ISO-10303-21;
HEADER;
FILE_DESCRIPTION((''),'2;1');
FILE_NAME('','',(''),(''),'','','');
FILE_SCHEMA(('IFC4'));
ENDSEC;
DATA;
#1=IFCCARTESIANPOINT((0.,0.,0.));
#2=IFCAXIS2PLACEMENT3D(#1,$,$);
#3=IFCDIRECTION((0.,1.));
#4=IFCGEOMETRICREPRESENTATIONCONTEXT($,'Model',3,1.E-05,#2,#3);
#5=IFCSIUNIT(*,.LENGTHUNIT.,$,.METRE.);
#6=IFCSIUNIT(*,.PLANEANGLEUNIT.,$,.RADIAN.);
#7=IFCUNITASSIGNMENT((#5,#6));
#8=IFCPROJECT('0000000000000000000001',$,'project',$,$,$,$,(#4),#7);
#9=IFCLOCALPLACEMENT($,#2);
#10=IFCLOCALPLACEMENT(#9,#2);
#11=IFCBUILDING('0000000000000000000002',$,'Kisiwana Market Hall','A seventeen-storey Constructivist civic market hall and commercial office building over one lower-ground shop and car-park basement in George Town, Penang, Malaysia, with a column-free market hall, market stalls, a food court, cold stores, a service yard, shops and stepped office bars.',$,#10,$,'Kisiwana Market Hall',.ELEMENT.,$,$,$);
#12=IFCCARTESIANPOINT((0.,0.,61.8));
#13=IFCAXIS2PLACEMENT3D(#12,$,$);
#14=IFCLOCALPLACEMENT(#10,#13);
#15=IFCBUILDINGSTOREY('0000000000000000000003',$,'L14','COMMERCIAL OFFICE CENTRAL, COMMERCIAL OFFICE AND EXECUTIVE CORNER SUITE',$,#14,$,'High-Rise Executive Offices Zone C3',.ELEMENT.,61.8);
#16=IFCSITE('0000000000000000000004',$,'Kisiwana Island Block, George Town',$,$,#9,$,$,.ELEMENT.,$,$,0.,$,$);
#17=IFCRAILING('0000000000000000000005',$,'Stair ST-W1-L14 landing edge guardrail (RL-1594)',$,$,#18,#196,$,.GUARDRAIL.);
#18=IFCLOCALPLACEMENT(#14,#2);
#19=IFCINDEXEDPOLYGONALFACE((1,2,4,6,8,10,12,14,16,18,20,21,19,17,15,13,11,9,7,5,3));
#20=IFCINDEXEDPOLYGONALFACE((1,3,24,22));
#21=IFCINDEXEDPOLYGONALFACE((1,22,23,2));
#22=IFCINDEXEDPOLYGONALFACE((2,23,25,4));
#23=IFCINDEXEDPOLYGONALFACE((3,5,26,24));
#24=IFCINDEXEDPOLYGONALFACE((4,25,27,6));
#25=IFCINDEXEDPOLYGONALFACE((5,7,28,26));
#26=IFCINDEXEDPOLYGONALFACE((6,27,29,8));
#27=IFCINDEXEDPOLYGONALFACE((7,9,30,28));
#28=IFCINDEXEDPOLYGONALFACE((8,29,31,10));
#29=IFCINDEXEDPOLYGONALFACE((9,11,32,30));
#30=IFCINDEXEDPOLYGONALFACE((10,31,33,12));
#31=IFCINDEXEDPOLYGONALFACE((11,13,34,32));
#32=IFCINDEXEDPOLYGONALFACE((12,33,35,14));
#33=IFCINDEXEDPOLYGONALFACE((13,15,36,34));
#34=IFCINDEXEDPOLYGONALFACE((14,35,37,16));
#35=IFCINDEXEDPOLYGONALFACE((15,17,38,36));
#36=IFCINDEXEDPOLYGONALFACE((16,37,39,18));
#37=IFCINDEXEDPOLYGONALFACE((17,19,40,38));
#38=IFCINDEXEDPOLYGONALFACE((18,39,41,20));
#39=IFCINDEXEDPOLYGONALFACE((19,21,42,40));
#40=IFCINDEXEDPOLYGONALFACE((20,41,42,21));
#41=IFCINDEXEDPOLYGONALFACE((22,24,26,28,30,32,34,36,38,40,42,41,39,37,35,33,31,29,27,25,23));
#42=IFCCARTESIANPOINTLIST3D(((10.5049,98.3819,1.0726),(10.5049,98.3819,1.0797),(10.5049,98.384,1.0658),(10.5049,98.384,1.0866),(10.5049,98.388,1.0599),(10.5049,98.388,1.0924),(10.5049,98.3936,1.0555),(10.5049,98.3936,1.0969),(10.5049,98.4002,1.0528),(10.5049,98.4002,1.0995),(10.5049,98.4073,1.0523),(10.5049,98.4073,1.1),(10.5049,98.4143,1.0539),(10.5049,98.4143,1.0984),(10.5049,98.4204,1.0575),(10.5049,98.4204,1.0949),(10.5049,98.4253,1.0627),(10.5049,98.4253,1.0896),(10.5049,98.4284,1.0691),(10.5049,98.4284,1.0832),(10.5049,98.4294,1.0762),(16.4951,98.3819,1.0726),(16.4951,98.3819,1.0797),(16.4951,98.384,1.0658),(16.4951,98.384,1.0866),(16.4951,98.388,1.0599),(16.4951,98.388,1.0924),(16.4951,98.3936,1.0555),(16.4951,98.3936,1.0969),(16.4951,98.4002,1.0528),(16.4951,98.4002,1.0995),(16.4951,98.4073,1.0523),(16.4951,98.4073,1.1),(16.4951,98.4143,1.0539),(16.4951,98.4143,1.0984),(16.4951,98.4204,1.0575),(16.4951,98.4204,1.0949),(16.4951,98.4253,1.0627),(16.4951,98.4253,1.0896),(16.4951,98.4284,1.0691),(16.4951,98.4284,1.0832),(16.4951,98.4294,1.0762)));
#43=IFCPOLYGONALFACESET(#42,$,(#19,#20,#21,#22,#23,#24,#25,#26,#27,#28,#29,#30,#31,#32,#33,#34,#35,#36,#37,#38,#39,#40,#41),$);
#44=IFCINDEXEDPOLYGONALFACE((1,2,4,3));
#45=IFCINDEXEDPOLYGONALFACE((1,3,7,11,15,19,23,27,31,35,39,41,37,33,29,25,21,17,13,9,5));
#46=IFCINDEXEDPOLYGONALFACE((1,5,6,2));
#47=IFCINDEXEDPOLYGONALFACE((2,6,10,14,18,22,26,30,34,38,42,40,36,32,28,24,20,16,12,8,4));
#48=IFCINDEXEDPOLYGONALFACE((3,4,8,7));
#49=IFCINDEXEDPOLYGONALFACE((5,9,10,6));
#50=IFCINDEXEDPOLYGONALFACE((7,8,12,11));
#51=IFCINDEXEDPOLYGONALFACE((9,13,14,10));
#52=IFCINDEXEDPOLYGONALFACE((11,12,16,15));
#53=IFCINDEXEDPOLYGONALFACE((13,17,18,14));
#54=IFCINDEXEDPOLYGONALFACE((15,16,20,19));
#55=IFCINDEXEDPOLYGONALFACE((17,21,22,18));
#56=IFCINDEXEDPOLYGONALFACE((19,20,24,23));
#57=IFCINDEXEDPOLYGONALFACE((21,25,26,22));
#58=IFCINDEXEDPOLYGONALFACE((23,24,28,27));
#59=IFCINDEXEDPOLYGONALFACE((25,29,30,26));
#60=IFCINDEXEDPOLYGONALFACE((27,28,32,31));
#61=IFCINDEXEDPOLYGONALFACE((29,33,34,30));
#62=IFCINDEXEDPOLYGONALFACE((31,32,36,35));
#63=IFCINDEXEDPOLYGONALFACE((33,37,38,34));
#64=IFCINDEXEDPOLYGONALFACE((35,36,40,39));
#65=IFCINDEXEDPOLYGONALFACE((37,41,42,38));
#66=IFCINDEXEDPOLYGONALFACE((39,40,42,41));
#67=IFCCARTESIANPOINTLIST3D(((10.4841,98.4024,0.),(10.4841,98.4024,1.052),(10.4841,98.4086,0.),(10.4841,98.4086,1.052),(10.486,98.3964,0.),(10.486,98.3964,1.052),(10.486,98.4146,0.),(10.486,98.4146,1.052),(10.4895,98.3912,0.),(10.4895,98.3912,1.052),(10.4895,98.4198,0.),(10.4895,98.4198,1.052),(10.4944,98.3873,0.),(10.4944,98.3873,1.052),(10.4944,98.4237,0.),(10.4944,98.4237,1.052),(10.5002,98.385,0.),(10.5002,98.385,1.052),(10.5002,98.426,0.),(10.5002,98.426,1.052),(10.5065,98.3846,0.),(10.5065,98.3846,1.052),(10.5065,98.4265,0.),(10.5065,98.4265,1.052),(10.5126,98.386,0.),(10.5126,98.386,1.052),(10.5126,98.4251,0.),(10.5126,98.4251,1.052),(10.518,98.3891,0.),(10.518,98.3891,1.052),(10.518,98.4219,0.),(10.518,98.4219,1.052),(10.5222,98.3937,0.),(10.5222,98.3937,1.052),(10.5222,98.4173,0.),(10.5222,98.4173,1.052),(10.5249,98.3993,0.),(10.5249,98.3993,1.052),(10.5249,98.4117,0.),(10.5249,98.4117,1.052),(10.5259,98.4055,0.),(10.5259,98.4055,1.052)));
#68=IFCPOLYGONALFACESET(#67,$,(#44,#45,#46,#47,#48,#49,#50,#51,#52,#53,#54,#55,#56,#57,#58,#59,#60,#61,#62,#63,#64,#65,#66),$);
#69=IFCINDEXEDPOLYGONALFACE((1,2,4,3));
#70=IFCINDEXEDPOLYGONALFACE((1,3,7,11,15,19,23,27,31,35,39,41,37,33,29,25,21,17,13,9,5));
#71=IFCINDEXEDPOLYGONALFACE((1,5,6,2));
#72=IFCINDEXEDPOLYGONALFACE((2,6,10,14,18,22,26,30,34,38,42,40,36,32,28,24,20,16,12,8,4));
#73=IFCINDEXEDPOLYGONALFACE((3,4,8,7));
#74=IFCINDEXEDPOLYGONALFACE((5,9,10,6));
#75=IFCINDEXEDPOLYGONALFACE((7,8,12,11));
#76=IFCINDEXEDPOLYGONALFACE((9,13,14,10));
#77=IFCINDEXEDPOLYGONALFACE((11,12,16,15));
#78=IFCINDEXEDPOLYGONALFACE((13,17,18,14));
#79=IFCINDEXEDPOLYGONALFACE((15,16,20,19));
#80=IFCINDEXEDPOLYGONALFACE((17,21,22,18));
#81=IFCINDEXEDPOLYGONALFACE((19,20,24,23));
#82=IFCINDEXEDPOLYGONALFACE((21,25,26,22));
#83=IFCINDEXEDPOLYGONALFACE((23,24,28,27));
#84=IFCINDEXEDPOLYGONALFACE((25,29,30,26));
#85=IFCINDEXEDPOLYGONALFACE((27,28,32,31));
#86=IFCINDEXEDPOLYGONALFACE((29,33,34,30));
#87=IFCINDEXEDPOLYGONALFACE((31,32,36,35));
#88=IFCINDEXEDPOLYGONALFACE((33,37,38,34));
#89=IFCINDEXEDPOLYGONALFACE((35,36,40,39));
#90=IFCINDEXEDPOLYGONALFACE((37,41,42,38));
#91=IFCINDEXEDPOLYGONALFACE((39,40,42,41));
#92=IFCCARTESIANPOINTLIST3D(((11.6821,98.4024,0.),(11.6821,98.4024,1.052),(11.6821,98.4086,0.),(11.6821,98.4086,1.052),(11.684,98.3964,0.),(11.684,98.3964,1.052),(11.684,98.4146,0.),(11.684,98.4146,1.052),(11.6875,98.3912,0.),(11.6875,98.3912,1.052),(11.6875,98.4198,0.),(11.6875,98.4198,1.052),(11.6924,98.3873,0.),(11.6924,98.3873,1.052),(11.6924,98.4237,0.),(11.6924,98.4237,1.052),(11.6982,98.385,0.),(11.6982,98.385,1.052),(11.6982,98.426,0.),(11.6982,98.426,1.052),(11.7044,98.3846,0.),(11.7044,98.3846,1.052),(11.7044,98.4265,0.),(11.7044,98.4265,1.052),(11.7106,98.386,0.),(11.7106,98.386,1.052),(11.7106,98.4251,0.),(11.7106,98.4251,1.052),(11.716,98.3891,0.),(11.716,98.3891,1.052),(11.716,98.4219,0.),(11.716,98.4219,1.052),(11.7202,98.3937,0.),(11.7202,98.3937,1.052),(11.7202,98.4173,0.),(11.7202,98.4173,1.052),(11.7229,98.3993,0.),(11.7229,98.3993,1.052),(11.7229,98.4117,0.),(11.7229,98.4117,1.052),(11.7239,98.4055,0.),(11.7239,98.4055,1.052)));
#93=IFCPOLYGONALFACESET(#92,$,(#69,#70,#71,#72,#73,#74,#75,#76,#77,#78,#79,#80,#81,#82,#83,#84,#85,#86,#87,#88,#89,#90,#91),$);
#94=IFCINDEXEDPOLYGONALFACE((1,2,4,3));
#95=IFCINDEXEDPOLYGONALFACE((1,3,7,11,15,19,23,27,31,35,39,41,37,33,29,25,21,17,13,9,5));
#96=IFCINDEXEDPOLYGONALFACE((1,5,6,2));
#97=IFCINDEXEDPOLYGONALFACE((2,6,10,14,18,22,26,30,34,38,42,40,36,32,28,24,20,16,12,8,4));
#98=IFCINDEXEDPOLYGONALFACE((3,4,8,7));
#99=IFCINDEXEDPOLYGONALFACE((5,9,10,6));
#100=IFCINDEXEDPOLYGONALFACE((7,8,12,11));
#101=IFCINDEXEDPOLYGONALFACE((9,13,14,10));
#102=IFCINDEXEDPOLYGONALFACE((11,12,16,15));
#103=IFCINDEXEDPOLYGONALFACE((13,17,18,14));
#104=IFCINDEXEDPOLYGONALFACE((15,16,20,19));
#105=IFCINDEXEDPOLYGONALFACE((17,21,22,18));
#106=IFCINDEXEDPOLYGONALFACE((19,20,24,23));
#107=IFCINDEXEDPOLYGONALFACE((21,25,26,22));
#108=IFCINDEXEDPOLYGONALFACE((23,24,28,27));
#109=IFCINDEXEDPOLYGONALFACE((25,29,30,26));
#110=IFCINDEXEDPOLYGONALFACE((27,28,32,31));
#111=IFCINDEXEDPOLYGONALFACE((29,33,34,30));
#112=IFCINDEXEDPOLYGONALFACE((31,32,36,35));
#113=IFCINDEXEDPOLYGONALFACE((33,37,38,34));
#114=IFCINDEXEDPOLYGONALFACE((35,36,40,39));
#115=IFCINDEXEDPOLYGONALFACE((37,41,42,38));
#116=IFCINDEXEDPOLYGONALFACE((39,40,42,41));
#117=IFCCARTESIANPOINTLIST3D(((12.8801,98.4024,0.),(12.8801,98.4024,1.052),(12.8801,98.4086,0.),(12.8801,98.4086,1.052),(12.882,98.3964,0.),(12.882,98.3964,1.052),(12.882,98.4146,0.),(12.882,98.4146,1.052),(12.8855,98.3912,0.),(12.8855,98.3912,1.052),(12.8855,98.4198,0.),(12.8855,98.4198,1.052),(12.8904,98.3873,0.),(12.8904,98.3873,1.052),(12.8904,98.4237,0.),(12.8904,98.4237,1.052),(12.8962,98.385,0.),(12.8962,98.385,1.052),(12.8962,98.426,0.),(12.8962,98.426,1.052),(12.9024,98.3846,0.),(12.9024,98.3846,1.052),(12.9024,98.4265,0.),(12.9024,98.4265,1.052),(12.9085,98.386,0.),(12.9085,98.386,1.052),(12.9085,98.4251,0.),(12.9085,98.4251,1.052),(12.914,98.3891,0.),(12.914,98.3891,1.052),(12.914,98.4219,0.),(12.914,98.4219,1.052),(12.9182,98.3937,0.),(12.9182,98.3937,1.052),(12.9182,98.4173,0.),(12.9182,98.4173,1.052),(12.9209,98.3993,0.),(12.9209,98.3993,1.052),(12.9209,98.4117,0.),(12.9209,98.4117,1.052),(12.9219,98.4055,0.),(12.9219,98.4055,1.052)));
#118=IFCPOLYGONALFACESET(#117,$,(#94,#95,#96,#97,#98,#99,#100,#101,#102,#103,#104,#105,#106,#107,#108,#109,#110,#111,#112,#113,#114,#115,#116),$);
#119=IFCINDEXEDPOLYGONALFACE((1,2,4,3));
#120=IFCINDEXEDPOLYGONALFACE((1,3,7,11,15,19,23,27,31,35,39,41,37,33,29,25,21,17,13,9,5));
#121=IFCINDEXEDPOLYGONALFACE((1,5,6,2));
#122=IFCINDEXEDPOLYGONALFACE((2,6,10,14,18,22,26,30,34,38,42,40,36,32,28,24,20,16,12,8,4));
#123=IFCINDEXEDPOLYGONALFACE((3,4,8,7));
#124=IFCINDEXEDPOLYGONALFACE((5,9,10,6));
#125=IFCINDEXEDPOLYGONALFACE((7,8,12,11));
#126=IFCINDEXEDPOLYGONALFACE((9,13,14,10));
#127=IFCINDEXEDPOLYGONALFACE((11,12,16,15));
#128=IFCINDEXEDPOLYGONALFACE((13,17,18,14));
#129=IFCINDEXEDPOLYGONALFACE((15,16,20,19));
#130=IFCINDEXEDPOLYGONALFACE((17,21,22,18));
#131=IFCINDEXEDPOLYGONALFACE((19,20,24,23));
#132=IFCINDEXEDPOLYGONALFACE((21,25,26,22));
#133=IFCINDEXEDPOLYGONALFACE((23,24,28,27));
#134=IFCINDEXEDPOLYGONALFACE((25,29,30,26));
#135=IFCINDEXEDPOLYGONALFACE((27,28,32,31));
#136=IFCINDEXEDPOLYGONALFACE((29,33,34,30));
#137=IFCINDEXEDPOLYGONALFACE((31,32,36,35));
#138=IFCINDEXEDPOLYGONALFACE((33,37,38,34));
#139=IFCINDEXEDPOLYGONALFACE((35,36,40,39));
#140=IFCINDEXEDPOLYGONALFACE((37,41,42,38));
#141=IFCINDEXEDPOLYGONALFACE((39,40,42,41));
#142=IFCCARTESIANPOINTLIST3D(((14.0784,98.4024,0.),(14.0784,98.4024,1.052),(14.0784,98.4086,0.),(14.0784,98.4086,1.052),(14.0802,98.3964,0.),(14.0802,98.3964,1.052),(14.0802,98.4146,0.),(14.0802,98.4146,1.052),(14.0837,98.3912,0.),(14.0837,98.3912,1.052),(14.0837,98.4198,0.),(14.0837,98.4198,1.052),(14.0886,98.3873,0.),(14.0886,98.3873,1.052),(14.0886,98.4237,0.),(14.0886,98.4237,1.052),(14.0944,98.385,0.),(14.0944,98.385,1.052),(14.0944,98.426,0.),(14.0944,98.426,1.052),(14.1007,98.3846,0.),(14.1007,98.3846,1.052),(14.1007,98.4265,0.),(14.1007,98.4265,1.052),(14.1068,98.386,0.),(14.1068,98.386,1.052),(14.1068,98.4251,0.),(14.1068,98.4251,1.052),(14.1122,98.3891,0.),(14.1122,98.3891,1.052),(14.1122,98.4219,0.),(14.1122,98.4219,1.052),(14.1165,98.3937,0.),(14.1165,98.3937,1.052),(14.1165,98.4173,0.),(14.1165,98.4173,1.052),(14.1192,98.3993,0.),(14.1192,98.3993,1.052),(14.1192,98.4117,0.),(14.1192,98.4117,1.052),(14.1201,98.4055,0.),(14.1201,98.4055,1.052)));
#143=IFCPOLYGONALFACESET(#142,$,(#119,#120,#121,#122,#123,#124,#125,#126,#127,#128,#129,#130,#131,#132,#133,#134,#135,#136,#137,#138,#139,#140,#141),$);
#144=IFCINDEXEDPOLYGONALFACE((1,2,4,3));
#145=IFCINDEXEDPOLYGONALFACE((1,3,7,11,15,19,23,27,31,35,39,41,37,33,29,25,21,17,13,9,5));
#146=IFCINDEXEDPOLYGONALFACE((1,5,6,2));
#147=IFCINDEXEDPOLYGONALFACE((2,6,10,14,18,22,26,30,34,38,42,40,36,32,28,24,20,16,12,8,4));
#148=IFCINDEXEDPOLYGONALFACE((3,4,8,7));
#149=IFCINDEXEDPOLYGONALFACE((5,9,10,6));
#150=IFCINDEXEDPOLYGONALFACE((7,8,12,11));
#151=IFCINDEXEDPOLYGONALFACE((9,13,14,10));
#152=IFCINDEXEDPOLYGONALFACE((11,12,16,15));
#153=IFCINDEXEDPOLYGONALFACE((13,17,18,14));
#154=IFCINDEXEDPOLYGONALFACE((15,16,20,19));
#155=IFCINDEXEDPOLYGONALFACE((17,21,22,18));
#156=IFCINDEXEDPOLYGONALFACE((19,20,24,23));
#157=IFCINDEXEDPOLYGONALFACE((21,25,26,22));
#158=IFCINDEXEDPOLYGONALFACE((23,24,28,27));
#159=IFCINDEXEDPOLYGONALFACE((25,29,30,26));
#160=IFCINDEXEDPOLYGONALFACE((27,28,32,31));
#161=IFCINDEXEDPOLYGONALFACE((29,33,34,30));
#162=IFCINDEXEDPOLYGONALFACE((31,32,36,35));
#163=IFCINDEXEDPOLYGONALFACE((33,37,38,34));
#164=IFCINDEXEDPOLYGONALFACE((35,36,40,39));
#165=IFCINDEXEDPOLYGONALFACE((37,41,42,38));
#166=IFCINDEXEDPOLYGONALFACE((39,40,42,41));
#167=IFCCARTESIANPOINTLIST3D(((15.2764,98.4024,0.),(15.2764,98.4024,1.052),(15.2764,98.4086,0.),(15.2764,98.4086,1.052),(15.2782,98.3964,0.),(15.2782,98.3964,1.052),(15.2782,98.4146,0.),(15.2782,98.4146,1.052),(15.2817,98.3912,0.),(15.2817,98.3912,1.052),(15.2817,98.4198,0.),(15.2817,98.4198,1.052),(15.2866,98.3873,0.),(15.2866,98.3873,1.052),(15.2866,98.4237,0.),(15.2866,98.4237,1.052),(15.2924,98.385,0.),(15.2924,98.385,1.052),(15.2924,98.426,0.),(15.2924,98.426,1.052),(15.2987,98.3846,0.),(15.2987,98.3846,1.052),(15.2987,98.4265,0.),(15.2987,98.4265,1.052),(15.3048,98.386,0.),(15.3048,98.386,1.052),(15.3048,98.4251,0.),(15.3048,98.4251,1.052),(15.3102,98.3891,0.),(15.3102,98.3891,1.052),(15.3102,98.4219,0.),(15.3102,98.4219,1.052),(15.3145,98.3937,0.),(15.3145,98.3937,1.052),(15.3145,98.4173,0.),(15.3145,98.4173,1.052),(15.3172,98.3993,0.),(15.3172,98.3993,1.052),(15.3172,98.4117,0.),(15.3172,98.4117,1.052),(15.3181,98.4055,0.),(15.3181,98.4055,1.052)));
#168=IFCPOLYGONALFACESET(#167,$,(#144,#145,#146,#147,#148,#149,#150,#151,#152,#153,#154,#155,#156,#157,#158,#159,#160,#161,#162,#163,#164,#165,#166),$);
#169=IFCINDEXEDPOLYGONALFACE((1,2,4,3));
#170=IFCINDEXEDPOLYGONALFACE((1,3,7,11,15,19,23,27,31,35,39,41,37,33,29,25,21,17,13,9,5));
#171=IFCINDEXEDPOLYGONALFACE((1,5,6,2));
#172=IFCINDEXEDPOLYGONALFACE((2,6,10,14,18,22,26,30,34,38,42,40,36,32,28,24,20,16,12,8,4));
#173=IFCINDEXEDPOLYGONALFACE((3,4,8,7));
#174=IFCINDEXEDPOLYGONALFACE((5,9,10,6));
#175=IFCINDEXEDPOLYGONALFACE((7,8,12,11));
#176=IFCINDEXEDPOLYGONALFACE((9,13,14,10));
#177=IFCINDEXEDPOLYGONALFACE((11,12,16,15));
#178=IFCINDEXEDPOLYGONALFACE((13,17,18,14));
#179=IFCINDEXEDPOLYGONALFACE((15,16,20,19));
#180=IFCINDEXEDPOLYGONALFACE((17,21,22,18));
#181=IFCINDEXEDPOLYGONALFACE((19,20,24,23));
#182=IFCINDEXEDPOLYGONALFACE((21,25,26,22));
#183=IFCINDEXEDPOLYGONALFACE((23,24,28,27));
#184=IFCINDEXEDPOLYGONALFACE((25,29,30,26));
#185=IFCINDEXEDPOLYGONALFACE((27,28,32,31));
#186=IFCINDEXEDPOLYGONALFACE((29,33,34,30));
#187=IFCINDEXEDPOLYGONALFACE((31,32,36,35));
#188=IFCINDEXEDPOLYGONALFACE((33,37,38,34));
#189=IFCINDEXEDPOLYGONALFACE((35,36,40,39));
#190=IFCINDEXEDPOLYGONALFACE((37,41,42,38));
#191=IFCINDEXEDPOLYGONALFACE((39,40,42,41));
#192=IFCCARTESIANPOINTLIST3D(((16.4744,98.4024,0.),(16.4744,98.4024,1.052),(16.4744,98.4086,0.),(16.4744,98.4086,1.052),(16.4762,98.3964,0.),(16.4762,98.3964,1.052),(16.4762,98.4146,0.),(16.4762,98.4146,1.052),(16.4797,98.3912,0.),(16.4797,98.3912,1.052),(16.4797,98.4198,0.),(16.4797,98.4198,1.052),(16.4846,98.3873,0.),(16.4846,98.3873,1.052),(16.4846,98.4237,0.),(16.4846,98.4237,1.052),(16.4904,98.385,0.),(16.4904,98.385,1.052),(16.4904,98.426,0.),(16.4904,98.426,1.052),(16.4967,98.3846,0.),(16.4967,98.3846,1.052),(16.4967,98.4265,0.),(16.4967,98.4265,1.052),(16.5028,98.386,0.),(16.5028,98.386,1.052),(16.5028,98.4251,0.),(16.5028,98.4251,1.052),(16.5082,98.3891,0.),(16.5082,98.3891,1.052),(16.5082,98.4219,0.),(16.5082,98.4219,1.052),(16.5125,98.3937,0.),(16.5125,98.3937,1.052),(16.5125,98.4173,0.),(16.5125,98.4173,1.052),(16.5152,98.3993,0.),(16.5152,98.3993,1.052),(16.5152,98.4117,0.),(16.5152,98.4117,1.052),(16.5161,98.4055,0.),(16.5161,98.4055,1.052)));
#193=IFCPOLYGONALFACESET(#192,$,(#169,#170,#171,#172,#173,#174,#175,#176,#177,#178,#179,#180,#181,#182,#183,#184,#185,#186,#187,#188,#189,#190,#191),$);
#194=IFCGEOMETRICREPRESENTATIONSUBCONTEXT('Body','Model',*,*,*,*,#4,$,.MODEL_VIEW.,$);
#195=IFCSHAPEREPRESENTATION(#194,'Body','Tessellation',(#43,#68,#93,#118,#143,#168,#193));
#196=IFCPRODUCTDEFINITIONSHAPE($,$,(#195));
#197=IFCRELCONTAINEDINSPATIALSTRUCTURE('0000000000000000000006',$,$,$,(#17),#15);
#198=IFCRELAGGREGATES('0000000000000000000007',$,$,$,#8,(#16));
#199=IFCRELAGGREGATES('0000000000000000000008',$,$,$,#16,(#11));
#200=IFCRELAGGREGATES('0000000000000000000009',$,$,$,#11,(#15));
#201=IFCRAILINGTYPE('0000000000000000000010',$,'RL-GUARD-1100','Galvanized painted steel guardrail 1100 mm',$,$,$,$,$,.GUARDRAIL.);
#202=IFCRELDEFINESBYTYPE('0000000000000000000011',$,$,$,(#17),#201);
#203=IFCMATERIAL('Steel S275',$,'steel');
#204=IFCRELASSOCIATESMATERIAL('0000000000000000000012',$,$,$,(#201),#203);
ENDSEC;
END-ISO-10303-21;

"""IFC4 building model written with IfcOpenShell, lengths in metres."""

from ifc_helpers import new_model, si_unit, direction, frame, origin, origin_2d, place, context, subcontext, project, spatial, circle, extrude, material, type_object, element, save


model = new_model("IFC4")

# Units and contexts
model_context = context("Model", 3, precision=1e-05, world=origin(), true_north=direction((0.0, 1.0)))
body_context = subcontext(model_context, "Body", "Model", "MODEL_VIEW")
ifc_project = project(units=[si_unit("LENGTHUNIT", "METRE"), si_unit("PLANEANGLEUNIT", "RADIAN")], contexts=[model_context])

# Site, building, storey
site_placement = place(None, origin())
site = spatial("IfcSite", under=ifc_project, at=site_placement, Name="Kisiwana Island Block, George Town", CompositionType="ELEMENT", RefElevation=0.0)
building_placement = place(site_placement, origin())
building = spatial("IfcBuilding", under=site, at=building_placement, Name="Kisiwana Market Hall", Description="A seventeen-storey Constructivist civic market hall and commercial office building over one lower-ground shop and car-park basement in George Town, Penang, Malaysia, with a column-free market hall, market stalls, a food court, cold stores, a service yard, shops and stepped office bars.", LongName="Kisiwana Market Hall", CompositionType="ELEMENT")
storey_placement = place(building_placement, frame((0.0, 0.0, 61.8)))
storey = spatial("IfcBuildingStorey", under=building, at=storey_placement, Name="L14", Description="COMMERCIAL OFFICE CENTRAL, COMMERCIAL OFFICE AND EXECUTIVE CORNER SUITE", LongName="High-Rise Executive Offices Zone C3", CompositionType="ELEMENT", Elevation=61.8)

# Railing
ifc_material_1 = material(Name="Steel S275", Category="steel")
railing_type = type_object("IfcRailingType", Name="RL-GUARD-1100", Description="Galvanized painted steel guardrail 1100 mm", PredefinedType="GUARDRAIL", material=ifc_material_1)
railing_placement = place(storey_placement, frame((10.5049, 98.4055, 0.0)))
element("IfcRailing", 1, at=railing_placement, inside=storey, type_object=railing_type, Name="Stair ST-W1-L14 landing edge guardrail (RL-1594)", PredefinedType="GUARDRAIL", context=body_context, shape_type="SweptSolid", body=[
    extrude(circle(Radius=0.0239, at=origin_2d()), frame((0.0, 0.0, 1.0762), z_axis=(1.0, 0.0, 0.0), x_axis=(0.0, 1.0, 0.0)), (0.0, 0.0, 1.0), 5.9902),
    extrude(circle(Radius=0.021, at=origin_2d()), origin(), (0.0, 0.0, 1.0), 1.052),
    extrude(circle(Radius=0.021, at=origin_2d()), frame((1.198, 0.0, 0.0)), (0.0, 0.0, 1.0), 1.052),
    extrude(circle(Radius=0.021, at=origin_2d()), frame((2.396, 0.0, 0.0)), (0.0, 0.0, 1.0), 1.052),
    extrude(circle(Radius=0.021, at=origin_2d()), frame((3.5942, 0.0, 0.0)), (0.0, 0.0, 1.0), 1.052),
    extrude(circle(Radius=0.021, at=origin_2d()), frame((4.7922, 0.0, 0.0)), (0.0, 0.0, 1.0), 1.052),
    extrude(circle(Radius=0.021, at=origin_2d()), frame((5.9902, 0.0, 0.0)), (0.0, 0.0, 1.0), 1.052),
])

save(model, "model.ifc")
